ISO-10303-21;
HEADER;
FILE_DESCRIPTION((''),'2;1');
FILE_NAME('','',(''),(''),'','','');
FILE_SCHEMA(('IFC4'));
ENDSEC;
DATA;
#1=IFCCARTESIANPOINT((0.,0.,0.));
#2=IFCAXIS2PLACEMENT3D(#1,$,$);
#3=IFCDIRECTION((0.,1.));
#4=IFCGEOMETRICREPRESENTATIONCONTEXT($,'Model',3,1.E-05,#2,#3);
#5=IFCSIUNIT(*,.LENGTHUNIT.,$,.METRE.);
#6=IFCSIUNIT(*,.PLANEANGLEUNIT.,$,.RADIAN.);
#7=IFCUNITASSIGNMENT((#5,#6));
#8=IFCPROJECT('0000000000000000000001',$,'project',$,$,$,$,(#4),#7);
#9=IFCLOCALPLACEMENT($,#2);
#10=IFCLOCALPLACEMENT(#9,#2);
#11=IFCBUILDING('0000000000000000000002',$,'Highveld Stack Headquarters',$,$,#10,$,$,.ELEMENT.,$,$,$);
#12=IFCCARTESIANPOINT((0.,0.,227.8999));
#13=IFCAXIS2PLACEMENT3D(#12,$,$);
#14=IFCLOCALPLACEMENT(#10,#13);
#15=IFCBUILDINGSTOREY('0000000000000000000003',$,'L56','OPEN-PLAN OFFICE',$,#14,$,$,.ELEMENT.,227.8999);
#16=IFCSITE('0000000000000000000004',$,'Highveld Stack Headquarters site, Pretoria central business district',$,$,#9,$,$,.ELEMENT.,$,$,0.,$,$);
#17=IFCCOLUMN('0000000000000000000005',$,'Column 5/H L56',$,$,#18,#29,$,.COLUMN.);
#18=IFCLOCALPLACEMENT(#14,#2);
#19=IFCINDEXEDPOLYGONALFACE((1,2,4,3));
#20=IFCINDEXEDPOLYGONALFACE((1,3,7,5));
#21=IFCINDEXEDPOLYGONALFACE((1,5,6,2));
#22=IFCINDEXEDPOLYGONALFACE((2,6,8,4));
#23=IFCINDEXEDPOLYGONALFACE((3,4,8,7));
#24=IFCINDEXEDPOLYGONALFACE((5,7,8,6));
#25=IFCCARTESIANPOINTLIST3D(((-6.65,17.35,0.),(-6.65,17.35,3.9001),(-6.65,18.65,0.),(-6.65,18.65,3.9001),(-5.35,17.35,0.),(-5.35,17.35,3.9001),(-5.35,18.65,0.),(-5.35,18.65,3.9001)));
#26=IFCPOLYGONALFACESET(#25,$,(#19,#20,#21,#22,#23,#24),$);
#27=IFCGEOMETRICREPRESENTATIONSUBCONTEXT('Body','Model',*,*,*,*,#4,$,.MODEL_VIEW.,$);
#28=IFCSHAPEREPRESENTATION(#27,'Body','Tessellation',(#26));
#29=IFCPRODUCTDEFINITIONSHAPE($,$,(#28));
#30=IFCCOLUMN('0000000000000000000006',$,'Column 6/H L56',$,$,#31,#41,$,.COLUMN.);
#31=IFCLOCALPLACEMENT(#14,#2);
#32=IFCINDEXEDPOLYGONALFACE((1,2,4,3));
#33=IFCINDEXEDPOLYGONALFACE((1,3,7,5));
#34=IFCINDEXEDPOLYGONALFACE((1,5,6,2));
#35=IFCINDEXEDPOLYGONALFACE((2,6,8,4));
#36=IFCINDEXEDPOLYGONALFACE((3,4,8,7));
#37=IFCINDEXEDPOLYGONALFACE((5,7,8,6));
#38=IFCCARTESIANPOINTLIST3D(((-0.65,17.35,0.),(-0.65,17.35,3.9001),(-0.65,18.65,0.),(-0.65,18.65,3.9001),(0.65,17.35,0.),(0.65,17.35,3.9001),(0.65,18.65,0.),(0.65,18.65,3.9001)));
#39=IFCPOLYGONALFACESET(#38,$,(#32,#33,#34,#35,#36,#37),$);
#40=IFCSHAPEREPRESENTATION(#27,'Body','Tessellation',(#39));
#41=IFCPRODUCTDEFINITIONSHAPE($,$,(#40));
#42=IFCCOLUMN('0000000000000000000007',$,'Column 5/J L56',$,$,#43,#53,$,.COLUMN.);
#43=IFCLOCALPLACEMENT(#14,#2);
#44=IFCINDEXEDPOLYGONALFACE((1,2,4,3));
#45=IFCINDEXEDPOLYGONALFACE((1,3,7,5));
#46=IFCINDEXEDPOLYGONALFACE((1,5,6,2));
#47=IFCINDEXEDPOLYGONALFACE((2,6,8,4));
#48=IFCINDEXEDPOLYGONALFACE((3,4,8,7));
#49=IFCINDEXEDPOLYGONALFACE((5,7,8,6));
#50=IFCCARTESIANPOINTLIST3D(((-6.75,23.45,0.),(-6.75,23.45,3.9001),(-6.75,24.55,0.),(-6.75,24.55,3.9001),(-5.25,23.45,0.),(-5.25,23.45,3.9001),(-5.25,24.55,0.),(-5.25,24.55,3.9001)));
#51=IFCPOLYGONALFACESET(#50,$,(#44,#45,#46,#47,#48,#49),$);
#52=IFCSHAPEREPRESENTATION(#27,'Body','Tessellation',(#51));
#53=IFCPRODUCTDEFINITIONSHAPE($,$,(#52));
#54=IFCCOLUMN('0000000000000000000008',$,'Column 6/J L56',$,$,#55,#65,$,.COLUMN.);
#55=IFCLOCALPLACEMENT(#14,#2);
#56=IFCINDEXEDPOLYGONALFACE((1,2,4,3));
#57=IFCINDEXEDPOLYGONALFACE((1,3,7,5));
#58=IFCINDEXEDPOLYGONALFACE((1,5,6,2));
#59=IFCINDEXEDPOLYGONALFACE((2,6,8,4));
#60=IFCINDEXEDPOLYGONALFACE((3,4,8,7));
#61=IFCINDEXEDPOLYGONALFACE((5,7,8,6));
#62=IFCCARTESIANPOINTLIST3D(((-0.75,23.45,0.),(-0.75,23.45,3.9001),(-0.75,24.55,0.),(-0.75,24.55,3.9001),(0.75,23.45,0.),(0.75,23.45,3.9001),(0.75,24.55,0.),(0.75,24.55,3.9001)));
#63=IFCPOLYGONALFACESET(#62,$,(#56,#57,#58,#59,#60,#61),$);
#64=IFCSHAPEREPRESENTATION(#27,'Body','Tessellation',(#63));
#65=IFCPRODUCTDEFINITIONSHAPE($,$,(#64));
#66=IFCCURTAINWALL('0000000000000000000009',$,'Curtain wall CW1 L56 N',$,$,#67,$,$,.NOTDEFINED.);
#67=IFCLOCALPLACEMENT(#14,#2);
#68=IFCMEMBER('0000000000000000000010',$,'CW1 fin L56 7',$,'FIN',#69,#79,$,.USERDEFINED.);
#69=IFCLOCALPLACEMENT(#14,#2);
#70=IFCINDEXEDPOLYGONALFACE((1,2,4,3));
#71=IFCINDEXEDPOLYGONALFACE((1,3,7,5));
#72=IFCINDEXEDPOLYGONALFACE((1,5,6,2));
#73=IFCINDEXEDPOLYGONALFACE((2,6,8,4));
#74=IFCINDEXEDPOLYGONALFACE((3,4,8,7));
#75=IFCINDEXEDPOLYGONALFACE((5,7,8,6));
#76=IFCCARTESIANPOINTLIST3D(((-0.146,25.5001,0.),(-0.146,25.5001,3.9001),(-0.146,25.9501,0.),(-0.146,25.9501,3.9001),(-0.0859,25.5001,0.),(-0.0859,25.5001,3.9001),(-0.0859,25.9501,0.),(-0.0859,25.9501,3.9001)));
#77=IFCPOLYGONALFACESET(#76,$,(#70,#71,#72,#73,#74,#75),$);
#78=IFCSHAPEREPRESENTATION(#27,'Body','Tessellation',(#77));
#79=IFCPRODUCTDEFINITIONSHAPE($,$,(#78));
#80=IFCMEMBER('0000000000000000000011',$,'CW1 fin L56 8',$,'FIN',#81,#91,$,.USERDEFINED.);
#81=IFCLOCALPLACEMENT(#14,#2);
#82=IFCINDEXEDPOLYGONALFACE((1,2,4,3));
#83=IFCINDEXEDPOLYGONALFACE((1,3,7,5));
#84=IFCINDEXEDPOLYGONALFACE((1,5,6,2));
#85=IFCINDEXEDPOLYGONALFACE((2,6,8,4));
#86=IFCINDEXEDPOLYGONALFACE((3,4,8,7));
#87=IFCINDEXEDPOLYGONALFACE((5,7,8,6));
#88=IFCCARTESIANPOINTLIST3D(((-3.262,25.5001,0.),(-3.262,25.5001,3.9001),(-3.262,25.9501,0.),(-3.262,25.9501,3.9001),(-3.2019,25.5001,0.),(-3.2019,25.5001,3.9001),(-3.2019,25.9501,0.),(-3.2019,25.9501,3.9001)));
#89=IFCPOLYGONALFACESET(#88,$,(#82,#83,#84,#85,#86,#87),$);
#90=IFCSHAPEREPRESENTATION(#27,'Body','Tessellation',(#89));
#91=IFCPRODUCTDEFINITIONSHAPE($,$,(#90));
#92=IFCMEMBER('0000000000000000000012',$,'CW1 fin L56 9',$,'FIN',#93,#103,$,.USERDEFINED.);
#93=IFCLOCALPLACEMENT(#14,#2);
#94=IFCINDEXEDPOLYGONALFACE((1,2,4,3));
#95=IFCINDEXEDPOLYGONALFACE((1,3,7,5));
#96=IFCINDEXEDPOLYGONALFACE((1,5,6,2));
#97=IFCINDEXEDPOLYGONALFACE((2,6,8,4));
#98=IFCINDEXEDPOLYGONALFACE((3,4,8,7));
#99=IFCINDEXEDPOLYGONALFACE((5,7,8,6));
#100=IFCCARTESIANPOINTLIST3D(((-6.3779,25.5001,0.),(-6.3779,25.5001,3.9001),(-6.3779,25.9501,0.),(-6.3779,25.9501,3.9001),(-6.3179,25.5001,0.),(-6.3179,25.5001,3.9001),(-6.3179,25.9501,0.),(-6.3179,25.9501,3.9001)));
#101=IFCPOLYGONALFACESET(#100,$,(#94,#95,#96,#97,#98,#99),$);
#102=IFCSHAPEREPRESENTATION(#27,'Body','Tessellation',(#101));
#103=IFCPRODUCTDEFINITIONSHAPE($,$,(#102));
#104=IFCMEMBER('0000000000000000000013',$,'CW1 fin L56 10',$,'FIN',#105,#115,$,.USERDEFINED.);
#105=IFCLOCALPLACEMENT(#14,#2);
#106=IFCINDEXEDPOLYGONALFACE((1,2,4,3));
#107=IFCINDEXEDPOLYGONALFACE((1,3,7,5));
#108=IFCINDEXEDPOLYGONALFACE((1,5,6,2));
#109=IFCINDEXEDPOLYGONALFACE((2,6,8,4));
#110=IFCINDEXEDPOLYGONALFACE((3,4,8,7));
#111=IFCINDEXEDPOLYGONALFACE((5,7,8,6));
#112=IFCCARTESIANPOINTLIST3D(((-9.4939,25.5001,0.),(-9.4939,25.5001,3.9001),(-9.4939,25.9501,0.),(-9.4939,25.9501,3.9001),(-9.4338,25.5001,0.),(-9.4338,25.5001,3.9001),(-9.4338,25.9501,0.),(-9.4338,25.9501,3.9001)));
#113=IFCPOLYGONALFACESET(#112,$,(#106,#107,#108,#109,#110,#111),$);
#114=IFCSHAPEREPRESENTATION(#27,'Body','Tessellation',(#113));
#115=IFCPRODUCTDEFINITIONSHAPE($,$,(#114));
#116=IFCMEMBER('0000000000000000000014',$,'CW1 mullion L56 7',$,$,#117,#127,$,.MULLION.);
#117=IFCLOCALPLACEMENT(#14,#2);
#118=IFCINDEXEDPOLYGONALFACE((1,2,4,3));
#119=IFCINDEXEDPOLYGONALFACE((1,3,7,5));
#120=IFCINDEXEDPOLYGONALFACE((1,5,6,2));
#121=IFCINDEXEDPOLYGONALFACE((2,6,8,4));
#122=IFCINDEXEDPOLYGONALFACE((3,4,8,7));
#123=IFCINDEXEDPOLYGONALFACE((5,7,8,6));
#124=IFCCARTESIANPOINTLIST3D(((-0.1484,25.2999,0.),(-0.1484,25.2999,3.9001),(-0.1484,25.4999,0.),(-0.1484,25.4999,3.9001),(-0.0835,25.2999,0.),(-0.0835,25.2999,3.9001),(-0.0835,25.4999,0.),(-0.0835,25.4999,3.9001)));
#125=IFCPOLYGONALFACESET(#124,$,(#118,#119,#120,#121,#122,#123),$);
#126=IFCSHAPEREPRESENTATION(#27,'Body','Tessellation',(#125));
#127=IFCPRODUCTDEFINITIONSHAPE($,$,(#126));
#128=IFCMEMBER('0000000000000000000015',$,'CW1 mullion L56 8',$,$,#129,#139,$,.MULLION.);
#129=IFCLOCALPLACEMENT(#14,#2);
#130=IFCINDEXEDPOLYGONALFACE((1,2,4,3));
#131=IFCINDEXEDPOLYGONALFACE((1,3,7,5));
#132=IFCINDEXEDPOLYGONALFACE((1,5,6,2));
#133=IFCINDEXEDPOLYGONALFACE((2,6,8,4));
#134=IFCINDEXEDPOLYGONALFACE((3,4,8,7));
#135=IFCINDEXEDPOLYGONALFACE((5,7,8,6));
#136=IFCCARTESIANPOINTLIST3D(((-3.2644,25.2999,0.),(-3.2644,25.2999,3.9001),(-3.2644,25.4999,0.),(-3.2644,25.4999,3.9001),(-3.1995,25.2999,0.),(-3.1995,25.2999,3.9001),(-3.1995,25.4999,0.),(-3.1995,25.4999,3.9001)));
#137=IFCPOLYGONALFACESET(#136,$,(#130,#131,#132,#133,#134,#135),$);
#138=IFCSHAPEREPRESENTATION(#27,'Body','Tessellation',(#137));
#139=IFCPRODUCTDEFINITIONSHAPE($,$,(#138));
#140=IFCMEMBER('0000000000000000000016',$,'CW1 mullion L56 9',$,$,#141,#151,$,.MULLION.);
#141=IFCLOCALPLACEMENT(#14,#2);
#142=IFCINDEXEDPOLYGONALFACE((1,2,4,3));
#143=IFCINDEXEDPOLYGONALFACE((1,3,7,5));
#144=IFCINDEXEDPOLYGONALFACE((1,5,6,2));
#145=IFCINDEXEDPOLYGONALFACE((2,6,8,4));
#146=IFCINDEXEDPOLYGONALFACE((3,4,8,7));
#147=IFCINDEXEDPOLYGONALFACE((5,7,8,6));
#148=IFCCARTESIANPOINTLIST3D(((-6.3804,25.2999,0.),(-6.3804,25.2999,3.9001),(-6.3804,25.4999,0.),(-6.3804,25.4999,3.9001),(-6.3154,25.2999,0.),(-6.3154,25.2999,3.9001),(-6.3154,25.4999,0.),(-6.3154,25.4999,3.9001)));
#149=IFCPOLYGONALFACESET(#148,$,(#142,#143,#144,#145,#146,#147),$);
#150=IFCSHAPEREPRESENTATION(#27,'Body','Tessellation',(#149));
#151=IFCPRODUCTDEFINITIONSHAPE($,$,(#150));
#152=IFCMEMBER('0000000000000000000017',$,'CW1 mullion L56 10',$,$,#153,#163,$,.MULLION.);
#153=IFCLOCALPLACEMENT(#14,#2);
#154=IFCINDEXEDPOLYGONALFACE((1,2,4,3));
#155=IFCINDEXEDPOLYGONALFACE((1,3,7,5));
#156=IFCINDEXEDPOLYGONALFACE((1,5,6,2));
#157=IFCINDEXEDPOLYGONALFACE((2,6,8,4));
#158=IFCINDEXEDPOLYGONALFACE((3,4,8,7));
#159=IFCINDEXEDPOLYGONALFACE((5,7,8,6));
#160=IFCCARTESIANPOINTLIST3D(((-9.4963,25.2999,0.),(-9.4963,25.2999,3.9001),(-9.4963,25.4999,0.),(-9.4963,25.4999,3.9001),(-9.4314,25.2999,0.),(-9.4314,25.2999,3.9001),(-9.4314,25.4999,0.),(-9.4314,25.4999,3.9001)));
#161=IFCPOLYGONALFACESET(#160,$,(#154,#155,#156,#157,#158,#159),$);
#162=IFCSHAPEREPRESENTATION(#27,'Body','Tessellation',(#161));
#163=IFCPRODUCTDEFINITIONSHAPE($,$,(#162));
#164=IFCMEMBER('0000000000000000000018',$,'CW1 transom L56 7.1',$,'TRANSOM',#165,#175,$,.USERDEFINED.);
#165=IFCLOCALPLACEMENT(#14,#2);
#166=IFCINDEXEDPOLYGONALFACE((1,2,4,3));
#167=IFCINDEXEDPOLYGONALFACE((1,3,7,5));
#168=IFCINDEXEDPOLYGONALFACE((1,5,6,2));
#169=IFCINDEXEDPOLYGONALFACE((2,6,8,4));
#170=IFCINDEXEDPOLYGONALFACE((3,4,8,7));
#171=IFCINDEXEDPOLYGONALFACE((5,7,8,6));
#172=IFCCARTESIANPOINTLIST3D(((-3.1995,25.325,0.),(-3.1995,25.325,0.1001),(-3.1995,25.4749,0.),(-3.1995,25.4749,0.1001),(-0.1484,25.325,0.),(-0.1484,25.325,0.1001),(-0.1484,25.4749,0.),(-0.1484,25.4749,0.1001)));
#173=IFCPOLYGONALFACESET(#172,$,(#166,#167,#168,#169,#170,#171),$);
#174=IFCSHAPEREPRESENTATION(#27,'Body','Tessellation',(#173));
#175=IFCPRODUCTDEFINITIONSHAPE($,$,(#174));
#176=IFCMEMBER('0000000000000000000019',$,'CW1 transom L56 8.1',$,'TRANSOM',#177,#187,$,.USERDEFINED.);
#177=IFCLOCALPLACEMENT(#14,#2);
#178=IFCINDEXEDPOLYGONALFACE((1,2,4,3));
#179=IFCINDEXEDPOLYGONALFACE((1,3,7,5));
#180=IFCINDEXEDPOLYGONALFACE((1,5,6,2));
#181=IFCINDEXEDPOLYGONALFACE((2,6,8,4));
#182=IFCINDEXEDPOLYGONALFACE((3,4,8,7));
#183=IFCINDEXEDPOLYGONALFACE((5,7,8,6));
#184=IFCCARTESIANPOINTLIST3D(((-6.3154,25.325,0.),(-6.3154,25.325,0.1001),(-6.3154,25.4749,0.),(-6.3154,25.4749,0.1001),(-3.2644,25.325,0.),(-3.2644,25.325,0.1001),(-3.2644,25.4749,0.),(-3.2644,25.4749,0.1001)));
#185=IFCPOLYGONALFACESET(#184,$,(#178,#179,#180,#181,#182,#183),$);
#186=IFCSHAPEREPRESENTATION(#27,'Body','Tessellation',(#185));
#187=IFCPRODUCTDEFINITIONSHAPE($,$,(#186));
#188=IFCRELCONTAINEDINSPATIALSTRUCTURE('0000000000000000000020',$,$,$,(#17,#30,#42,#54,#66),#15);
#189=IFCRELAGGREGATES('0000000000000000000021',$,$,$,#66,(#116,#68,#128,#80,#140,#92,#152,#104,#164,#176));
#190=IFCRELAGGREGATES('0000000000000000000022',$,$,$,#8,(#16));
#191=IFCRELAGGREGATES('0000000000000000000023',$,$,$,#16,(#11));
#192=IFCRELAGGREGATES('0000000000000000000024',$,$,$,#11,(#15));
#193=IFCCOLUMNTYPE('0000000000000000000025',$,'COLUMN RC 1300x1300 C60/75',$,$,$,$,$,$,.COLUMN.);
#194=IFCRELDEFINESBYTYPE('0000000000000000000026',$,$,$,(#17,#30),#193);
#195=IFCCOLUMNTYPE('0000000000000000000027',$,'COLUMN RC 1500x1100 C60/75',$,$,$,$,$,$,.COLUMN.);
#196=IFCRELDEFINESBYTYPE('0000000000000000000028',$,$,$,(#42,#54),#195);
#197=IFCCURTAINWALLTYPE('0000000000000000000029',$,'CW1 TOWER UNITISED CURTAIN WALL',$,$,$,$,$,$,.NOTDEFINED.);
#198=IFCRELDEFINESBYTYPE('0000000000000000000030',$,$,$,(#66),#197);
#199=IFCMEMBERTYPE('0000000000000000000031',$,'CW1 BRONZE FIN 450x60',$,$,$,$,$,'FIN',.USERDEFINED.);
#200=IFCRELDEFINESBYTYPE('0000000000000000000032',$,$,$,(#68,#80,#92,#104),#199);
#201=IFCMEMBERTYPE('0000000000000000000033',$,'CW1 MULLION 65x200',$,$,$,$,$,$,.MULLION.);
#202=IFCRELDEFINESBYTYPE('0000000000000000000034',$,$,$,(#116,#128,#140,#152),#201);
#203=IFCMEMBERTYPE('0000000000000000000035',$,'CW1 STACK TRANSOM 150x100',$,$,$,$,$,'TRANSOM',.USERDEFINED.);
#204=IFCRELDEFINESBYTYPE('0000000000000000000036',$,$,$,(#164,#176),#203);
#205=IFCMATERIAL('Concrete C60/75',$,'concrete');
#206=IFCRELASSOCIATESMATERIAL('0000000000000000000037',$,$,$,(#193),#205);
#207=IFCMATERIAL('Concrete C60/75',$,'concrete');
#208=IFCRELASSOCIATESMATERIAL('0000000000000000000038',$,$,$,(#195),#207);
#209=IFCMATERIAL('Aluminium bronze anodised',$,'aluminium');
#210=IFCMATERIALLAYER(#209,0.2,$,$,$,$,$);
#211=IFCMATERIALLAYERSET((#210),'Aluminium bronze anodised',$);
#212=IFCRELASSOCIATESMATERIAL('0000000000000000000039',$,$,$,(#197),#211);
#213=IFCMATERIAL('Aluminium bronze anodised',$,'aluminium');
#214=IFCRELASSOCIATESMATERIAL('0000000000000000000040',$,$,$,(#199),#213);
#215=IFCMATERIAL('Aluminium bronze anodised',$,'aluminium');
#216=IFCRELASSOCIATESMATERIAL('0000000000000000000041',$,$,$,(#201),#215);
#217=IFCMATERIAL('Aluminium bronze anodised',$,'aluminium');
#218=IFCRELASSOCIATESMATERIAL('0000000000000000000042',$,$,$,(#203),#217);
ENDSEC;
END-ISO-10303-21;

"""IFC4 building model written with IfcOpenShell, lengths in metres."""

from ifc_helpers import new_model, si_unit, direction, frame, origin, origin_2d, place, context, subcontext, project, spatial, rectangle, extrude, material, layer, layer_set, material_profile, profile_set, type_object, element, aggregate, save


model = new_model("IFC4")

# Units and contexts
model_context = context("Model", 3, precision=1e-05, world=origin(), true_north=direction((0.0, 1.0)))
body_context = subcontext(model_context, "Body", "Model", "MODEL_VIEW")
ifc_project = project(units=[si_unit("LENGTHUNIT", "METRE"), si_unit("PLANEANGLEUNIT", "RADIAN")], contexts=[model_context])

# Site, building, storey
site_placement = place(None, origin())
site = spatial("IfcSite", under=ifc_project, at=site_placement, Name="Highveld Stack Headquarters site, Pretoria central business district", CompositionType="ELEMENT", RefElevation=0.0)
building_placement = place(site_placement, origin())
building = spatial("IfcBuilding", under=site, at=building_placement, Name="Highveld Stack Headquarters", CompositionType="ELEMENT")
storey_placement = place(building_placement, frame((0.0, 0.0, 227.8999)))
storey = spatial("IfcBuildingStorey", under=building, at=storey_placement, Name="L56", Description="OPEN-PLAN OFFICE", CompositionType="ELEMENT", Elevation=227.8999)

# Columns
ifc_material_1 = material(Name="Concrete C60/75", Category="concrete")
ifc_material_profile_1 = material_profile(ifc_material_1, rectangle(XDim=1.3, YDim=1.3, at=origin_2d()), Name="RC 1300x1300")
ifc_profile_set_1 = profile_set([ifc_material_profile_1], Name="Concrete C60/75")
column_type_1 = type_object("IfcColumnType", Name="COLUMN RC 1300x1300 C60/75", PredefinedType="COLUMN", material=ifc_profile_set_1)
for number, where, z_axis, x_axis, name in (
    (1, (-6.0, 18.0, 0.0), (0.0, 0.0, 1.0), (1.0, 0.0, 0.0), "Column 5/H L56"),
    (2, (0.0, 18.0, 0.0), (0.0, 0.0, 1.0), (1.0, 0.0, 0.0), "Column 6/H L56"),
):
    element("IfcColumn", number, at=place(storey_placement, frame(where, z_axis=z_axis, x_axis=x_axis)), inside=storey, type_object=column_type_1, Name=name, PredefinedType="COLUMN", context=body_context, shape_type="SweptSolid", body=[
        extrude(rectangle(XDim=1.3, YDim=1.3, at=origin_2d()), origin(), (0.0, 0.0, 1.0), 3.9001),
    ])
ifc_material_2 = material(Name="Concrete C60/75", Category="concrete")
ifc_material_profile_2 = material_profile(ifc_material_2, rectangle(XDim=1.5, YDim=1.1001, at=origin_2d()), Name="RC 1500x1100")
ifc_profile_set_2 = profile_set([ifc_material_profile_2], Name="Concrete C60/75")
column_type_2 = type_object("IfcColumnType", Name="COLUMN RC 1500x1100 C60/75", PredefinedType="COLUMN", material=ifc_profile_set_2)
for number, where, z_axis, x_axis, name in (
    (3, (-6.0, 24.0, 0.0), (0.0, 0.0, 1.0), (1.0, 0.0, 0.0), "Column 5/J L56"),
    (4, (0.0, 24.0, 0.0), (0.0, 0.0, 1.0), (1.0, 0.0, 0.0), "Column 6/J L56"),
):
    element("IfcColumn", number, at=place(storey_placement, frame(where, z_axis=z_axis, x_axis=x_axis)), inside=storey, type_object=column_type_2, Name=name, PredefinedType="COLUMN", context=body_context, shape_type="SweptSolid", body=[
        extrude(rectangle(XDim=1.5, YDim=1.1001, at=origin_2d()), origin(), (0.0, 0.0, 1.0), 3.9001),
    ])

# Curtain wall, members
ifc_material_3 = material(Name="Aluminium bronze anodised", Category="aluminium")
ifc_layer_1 = layer(ifc_material_3, 0.2)
ifc_layer_set_1 = layer_set([ifc_layer_1], Name="Aluminium bronze anodised")
curtain_wall_type = type_object("IfcCurtainWallType", Name="CW1 TOWER UNITISED CURTAIN WALL", PredefinedType="NOTDEFINED", material=ifc_layer_set_1)
curtain_wall_placement = place(storey_placement, origin())
curtain_wall = element("IfcCurtainWall", 5, at=curtain_wall_placement, inside=storey, type_object=curtain_wall_type, Name="Curtain wall CW1 L56 N", PredefinedType="NOTDEFINED")
ifc_material_4 = material(Name="Aluminium bronze anodised", Category="aluminium")
ifc_material_profile_3 = material_profile(ifc_material_4, rectangle(XDim=0.45, YDim=0.0601, at=origin_2d()), Name="FIN 450x60")
ifc_profile_set_3 = profile_set([ifc_material_profile_3], Name="Aluminium bronze anodised")
member_type_1 = type_object("IfcMemberType", Name="CW1 BRONZE FIN 450x60", ElementType="FIN", PredefinedType="USERDEFINED", material=ifc_profile_set_3)
member_1_placement = place(storey_placement, frame((-0.116, 25.7251, 0.0), z_axis=(0.0, 0.0, 1.0), x_axis=(0.0, -1.0, 0.0)))
member_1 = element("IfcMember", 6, at=member_1_placement, type_object=member_type_1, Name="CW1 fin L56 7", ObjectType="FIN", PredefinedType="USERDEFINED", context=body_context, shape_type="SweptSolid", body=[
    extrude(rectangle(XDim=0.45, YDim=0.0601, at=origin_2d()), origin(), (0.0, 0.0, 1.0), 3.9001),
])
member_2_placement = place(storey_placement, frame((-3.2319, 25.7251, 0.0), z_axis=(0.0, 0.0, 1.0), x_axis=(0.0, -1.0, 0.0)))
member_2 = element("IfcMember", 7, at=member_2_placement, type_object=member_type_1, Name="CW1 fin L56 8", ObjectType="FIN", PredefinedType="USERDEFINED", context=body_context, shape_type="SweptSolid", body=[
    extrude(rectangle(XDim=0.45, YDim=0.0601, at=origin_2d()), origin(), (0.0, 0.0, 1.0), 3.9001),
])
member_3_placement = place(storey_placement, frame((-6.3479, 25.7251, 0.0), z_axis=(0.0, 0.0, 1.0), x_axis=(0.0, -1.0, 0.0)))
member_3 = element("IfcMember", 8, at=member_3_placement, type_object=member_type_1, Name="CW1 fin L56 9", ObjectType="FIN", PredefinedType="USERDEFINED", context=body_context, shape_type="SweptSolid", body=[
    extrude(rectangle(XDim=0.45, YDim=0.0601, at=origin_2d()), origin(), (0.0, 0.0, 1.0), 3.9001),
])
member_4_placement = place(storey_placement, frame((-9.4639, 25.7251, 0.0), z_axis=(0.0, 0.0, 1.0), x_axis=(0.0, -1.0, 0.0)))
member_4 = element("IfcMember", 9, at=member_4_placement, type_object=member_type_1, Name="CW1 fin L56 10", ObjectType="FIN", PredefinedType="USERDEFINED", context=body_context, shape_type="SweptSolid", body=[
    extrude(rectangle(XDim=0.45, YDim=0.0601, at=origin_2d()), origin(), (0.0, 0.0, 1.0), 3.9001),
])
ifc_material_5 = material(Name="Aluminium bronze anodised", Category="aluminium")
ifc_material_profile_4 = material_profile(ifc_material_5, rectangle(XDim=0.2, YDim=0.0649, at=origin_2d()), Name="CW1 MULLION 65x200")
ifc_profile_set_4 = profile_set([ifc_material_profile_4], Name="Aluminium bronze anodised")
member_type_2 = type_object("IfcMemberType", Name="CW1 MULLION 65x200", PredefinedType="MULLION", material=ifc_profile_set_4)
member_5_placement = place(storey_placement, frame((-0.116, 25.3999, 0.0), z_axis=(0.0, 0.0, 1.0), x_axis=(0.0, -1.0, 0.0)))
member_5 = element("IfcMember", 10, at=member_5_placement, type_object=member_type_2, Name="CW1 mullion L56 7", PredefinedType="MULLION", context=body_context, shape_type="SweptSolid", body=[
    extrude(rectangle(XDim=0.2, YDim=0.0649, at=origin_2d()), origin(), (0.0, 0.0, 1.0), 3.9001),
])
member_6_placement = place(storey_placement, frame((-3.2319, 25.3999, 0.0), z_axis=(0.0, 0.0, 1.0), x_axis=(0.0, -1.0, 0.0)))
member_6 = element("IfcMember", 11, at=member_6_placement, type_object=member_type_2, Name="CW1 mullion L56 8", PredefinedType="MULLION", context=body_context, shape_type="SweptSolid", body=[
    extrude(rectangle(XDim=0.2, YDim=0.0649, at=origin_2d()), origin(), (0.0, 0.0, 1.0), 3.9001),
])
member_7_placement = place(storey_placement, frame((-6.3479, 25.3999, 0.0), z_axis=(0.0, 0.0, 1.0), x_axis=(0.0, -1.0, 0.0)))
member_7 = element("IfcMember", 12, at=member_7_placement, type_object=member_type_2, Name="CW1 mullion L56 9", PredefinedType="MULLION", context=body_context, shape_type="SweptSolid", body=[
    extrude(rectangle(XDim=0.2, YDim=0.0649, at=origin_2d()), origin(), (0.0, 0.0, 1.0), 3.9001),
])
member_8_placement = place(storey_placement, frame((-9.4639, 25.3999, 0.0), z_axis=(0.0, 0.0, 1.0), x_axis=(0.0, -1.0, 0.0)))
member_8 = element("IfcMember", 13, at=member_8_placement, type_object=member_type_2, Name="CW1 mullion L56 10", PredefinedType="MULLION", context=body_context, shape_type="SweptSolid", body=[
    extrude(rectangle(XDim=0.2, YDim=0.0649, at=origin_2d()), origin(), (0.0, 0.0, 1.0), 3.9001),
])
ifc_material_6 = material(Name="Aluminium bronze anodised", Category="aluminium")
ifc_material_profile_5 = material_profile(ifc_material_6, rectangle(XDim=0.1499, YDim=0.1001, at=origin_2d()), Name="CW1 TRANSOM 150x100")
ifc_profile_set_5 = profile_set([ifc_material_profile_5], Name="Aluminium bronze anodised")
member_type_3 = type_object("IfcMemberType", Name="CW1 STACK TRANSOM 150x100", ElementType="TRANSOM", PredefinedType="USERDEFINED", material=ifc_profile_set_5)
member_9_placement = place(storey_placement, frame((-0.1484, 25.3999, 0.05), z_axis=(-1.0, 0.0, 0.0), x_axis=(0.0, -1.0, 0.0)))
member_9 = element("IfcMember", 14, at=member_9_placement, type_object=member_type_3, Name="CW1 transom L56 7.1", ObjectType="TRANSOM", PredefinedType="USERDEFINED", context=body_context, shape_type="SweptSolid", body=[
    extrude(rectangle(XDim=0.1499, YDim=0.1001, at=origin_2d()), origin(), (0.0, 0.0, 1.0), 3.051),
])
member_10_placement = place(storey_placement, frame((-3.2644, 25.3999, 0.05), z_axis=(-1.0, 0.0, 0.0), x_axis=(0.0, -1.0, 0.0)))
member_10 = element("IfcMember", 15, at=member_10_placement, type_object=member_type_3, Name="CW1 transom L56 8.1", ObjectType="TRANSOM", PredefinedType="USERDEFINED", context=body_context, shape_type="SweptSolid", body=[
    extrude(rectangle(XDim=0.1499, YDim=0.1001, at=origin_2d()), origin(), (0.0, 0.0, 1.0), 3.051),
])
aggregate(curtain_wall, [member_5, member_1, member_6, member_2, member_7, member_3, member_8, member_4, member_9, member_10])

save(model, "model.ifc")
